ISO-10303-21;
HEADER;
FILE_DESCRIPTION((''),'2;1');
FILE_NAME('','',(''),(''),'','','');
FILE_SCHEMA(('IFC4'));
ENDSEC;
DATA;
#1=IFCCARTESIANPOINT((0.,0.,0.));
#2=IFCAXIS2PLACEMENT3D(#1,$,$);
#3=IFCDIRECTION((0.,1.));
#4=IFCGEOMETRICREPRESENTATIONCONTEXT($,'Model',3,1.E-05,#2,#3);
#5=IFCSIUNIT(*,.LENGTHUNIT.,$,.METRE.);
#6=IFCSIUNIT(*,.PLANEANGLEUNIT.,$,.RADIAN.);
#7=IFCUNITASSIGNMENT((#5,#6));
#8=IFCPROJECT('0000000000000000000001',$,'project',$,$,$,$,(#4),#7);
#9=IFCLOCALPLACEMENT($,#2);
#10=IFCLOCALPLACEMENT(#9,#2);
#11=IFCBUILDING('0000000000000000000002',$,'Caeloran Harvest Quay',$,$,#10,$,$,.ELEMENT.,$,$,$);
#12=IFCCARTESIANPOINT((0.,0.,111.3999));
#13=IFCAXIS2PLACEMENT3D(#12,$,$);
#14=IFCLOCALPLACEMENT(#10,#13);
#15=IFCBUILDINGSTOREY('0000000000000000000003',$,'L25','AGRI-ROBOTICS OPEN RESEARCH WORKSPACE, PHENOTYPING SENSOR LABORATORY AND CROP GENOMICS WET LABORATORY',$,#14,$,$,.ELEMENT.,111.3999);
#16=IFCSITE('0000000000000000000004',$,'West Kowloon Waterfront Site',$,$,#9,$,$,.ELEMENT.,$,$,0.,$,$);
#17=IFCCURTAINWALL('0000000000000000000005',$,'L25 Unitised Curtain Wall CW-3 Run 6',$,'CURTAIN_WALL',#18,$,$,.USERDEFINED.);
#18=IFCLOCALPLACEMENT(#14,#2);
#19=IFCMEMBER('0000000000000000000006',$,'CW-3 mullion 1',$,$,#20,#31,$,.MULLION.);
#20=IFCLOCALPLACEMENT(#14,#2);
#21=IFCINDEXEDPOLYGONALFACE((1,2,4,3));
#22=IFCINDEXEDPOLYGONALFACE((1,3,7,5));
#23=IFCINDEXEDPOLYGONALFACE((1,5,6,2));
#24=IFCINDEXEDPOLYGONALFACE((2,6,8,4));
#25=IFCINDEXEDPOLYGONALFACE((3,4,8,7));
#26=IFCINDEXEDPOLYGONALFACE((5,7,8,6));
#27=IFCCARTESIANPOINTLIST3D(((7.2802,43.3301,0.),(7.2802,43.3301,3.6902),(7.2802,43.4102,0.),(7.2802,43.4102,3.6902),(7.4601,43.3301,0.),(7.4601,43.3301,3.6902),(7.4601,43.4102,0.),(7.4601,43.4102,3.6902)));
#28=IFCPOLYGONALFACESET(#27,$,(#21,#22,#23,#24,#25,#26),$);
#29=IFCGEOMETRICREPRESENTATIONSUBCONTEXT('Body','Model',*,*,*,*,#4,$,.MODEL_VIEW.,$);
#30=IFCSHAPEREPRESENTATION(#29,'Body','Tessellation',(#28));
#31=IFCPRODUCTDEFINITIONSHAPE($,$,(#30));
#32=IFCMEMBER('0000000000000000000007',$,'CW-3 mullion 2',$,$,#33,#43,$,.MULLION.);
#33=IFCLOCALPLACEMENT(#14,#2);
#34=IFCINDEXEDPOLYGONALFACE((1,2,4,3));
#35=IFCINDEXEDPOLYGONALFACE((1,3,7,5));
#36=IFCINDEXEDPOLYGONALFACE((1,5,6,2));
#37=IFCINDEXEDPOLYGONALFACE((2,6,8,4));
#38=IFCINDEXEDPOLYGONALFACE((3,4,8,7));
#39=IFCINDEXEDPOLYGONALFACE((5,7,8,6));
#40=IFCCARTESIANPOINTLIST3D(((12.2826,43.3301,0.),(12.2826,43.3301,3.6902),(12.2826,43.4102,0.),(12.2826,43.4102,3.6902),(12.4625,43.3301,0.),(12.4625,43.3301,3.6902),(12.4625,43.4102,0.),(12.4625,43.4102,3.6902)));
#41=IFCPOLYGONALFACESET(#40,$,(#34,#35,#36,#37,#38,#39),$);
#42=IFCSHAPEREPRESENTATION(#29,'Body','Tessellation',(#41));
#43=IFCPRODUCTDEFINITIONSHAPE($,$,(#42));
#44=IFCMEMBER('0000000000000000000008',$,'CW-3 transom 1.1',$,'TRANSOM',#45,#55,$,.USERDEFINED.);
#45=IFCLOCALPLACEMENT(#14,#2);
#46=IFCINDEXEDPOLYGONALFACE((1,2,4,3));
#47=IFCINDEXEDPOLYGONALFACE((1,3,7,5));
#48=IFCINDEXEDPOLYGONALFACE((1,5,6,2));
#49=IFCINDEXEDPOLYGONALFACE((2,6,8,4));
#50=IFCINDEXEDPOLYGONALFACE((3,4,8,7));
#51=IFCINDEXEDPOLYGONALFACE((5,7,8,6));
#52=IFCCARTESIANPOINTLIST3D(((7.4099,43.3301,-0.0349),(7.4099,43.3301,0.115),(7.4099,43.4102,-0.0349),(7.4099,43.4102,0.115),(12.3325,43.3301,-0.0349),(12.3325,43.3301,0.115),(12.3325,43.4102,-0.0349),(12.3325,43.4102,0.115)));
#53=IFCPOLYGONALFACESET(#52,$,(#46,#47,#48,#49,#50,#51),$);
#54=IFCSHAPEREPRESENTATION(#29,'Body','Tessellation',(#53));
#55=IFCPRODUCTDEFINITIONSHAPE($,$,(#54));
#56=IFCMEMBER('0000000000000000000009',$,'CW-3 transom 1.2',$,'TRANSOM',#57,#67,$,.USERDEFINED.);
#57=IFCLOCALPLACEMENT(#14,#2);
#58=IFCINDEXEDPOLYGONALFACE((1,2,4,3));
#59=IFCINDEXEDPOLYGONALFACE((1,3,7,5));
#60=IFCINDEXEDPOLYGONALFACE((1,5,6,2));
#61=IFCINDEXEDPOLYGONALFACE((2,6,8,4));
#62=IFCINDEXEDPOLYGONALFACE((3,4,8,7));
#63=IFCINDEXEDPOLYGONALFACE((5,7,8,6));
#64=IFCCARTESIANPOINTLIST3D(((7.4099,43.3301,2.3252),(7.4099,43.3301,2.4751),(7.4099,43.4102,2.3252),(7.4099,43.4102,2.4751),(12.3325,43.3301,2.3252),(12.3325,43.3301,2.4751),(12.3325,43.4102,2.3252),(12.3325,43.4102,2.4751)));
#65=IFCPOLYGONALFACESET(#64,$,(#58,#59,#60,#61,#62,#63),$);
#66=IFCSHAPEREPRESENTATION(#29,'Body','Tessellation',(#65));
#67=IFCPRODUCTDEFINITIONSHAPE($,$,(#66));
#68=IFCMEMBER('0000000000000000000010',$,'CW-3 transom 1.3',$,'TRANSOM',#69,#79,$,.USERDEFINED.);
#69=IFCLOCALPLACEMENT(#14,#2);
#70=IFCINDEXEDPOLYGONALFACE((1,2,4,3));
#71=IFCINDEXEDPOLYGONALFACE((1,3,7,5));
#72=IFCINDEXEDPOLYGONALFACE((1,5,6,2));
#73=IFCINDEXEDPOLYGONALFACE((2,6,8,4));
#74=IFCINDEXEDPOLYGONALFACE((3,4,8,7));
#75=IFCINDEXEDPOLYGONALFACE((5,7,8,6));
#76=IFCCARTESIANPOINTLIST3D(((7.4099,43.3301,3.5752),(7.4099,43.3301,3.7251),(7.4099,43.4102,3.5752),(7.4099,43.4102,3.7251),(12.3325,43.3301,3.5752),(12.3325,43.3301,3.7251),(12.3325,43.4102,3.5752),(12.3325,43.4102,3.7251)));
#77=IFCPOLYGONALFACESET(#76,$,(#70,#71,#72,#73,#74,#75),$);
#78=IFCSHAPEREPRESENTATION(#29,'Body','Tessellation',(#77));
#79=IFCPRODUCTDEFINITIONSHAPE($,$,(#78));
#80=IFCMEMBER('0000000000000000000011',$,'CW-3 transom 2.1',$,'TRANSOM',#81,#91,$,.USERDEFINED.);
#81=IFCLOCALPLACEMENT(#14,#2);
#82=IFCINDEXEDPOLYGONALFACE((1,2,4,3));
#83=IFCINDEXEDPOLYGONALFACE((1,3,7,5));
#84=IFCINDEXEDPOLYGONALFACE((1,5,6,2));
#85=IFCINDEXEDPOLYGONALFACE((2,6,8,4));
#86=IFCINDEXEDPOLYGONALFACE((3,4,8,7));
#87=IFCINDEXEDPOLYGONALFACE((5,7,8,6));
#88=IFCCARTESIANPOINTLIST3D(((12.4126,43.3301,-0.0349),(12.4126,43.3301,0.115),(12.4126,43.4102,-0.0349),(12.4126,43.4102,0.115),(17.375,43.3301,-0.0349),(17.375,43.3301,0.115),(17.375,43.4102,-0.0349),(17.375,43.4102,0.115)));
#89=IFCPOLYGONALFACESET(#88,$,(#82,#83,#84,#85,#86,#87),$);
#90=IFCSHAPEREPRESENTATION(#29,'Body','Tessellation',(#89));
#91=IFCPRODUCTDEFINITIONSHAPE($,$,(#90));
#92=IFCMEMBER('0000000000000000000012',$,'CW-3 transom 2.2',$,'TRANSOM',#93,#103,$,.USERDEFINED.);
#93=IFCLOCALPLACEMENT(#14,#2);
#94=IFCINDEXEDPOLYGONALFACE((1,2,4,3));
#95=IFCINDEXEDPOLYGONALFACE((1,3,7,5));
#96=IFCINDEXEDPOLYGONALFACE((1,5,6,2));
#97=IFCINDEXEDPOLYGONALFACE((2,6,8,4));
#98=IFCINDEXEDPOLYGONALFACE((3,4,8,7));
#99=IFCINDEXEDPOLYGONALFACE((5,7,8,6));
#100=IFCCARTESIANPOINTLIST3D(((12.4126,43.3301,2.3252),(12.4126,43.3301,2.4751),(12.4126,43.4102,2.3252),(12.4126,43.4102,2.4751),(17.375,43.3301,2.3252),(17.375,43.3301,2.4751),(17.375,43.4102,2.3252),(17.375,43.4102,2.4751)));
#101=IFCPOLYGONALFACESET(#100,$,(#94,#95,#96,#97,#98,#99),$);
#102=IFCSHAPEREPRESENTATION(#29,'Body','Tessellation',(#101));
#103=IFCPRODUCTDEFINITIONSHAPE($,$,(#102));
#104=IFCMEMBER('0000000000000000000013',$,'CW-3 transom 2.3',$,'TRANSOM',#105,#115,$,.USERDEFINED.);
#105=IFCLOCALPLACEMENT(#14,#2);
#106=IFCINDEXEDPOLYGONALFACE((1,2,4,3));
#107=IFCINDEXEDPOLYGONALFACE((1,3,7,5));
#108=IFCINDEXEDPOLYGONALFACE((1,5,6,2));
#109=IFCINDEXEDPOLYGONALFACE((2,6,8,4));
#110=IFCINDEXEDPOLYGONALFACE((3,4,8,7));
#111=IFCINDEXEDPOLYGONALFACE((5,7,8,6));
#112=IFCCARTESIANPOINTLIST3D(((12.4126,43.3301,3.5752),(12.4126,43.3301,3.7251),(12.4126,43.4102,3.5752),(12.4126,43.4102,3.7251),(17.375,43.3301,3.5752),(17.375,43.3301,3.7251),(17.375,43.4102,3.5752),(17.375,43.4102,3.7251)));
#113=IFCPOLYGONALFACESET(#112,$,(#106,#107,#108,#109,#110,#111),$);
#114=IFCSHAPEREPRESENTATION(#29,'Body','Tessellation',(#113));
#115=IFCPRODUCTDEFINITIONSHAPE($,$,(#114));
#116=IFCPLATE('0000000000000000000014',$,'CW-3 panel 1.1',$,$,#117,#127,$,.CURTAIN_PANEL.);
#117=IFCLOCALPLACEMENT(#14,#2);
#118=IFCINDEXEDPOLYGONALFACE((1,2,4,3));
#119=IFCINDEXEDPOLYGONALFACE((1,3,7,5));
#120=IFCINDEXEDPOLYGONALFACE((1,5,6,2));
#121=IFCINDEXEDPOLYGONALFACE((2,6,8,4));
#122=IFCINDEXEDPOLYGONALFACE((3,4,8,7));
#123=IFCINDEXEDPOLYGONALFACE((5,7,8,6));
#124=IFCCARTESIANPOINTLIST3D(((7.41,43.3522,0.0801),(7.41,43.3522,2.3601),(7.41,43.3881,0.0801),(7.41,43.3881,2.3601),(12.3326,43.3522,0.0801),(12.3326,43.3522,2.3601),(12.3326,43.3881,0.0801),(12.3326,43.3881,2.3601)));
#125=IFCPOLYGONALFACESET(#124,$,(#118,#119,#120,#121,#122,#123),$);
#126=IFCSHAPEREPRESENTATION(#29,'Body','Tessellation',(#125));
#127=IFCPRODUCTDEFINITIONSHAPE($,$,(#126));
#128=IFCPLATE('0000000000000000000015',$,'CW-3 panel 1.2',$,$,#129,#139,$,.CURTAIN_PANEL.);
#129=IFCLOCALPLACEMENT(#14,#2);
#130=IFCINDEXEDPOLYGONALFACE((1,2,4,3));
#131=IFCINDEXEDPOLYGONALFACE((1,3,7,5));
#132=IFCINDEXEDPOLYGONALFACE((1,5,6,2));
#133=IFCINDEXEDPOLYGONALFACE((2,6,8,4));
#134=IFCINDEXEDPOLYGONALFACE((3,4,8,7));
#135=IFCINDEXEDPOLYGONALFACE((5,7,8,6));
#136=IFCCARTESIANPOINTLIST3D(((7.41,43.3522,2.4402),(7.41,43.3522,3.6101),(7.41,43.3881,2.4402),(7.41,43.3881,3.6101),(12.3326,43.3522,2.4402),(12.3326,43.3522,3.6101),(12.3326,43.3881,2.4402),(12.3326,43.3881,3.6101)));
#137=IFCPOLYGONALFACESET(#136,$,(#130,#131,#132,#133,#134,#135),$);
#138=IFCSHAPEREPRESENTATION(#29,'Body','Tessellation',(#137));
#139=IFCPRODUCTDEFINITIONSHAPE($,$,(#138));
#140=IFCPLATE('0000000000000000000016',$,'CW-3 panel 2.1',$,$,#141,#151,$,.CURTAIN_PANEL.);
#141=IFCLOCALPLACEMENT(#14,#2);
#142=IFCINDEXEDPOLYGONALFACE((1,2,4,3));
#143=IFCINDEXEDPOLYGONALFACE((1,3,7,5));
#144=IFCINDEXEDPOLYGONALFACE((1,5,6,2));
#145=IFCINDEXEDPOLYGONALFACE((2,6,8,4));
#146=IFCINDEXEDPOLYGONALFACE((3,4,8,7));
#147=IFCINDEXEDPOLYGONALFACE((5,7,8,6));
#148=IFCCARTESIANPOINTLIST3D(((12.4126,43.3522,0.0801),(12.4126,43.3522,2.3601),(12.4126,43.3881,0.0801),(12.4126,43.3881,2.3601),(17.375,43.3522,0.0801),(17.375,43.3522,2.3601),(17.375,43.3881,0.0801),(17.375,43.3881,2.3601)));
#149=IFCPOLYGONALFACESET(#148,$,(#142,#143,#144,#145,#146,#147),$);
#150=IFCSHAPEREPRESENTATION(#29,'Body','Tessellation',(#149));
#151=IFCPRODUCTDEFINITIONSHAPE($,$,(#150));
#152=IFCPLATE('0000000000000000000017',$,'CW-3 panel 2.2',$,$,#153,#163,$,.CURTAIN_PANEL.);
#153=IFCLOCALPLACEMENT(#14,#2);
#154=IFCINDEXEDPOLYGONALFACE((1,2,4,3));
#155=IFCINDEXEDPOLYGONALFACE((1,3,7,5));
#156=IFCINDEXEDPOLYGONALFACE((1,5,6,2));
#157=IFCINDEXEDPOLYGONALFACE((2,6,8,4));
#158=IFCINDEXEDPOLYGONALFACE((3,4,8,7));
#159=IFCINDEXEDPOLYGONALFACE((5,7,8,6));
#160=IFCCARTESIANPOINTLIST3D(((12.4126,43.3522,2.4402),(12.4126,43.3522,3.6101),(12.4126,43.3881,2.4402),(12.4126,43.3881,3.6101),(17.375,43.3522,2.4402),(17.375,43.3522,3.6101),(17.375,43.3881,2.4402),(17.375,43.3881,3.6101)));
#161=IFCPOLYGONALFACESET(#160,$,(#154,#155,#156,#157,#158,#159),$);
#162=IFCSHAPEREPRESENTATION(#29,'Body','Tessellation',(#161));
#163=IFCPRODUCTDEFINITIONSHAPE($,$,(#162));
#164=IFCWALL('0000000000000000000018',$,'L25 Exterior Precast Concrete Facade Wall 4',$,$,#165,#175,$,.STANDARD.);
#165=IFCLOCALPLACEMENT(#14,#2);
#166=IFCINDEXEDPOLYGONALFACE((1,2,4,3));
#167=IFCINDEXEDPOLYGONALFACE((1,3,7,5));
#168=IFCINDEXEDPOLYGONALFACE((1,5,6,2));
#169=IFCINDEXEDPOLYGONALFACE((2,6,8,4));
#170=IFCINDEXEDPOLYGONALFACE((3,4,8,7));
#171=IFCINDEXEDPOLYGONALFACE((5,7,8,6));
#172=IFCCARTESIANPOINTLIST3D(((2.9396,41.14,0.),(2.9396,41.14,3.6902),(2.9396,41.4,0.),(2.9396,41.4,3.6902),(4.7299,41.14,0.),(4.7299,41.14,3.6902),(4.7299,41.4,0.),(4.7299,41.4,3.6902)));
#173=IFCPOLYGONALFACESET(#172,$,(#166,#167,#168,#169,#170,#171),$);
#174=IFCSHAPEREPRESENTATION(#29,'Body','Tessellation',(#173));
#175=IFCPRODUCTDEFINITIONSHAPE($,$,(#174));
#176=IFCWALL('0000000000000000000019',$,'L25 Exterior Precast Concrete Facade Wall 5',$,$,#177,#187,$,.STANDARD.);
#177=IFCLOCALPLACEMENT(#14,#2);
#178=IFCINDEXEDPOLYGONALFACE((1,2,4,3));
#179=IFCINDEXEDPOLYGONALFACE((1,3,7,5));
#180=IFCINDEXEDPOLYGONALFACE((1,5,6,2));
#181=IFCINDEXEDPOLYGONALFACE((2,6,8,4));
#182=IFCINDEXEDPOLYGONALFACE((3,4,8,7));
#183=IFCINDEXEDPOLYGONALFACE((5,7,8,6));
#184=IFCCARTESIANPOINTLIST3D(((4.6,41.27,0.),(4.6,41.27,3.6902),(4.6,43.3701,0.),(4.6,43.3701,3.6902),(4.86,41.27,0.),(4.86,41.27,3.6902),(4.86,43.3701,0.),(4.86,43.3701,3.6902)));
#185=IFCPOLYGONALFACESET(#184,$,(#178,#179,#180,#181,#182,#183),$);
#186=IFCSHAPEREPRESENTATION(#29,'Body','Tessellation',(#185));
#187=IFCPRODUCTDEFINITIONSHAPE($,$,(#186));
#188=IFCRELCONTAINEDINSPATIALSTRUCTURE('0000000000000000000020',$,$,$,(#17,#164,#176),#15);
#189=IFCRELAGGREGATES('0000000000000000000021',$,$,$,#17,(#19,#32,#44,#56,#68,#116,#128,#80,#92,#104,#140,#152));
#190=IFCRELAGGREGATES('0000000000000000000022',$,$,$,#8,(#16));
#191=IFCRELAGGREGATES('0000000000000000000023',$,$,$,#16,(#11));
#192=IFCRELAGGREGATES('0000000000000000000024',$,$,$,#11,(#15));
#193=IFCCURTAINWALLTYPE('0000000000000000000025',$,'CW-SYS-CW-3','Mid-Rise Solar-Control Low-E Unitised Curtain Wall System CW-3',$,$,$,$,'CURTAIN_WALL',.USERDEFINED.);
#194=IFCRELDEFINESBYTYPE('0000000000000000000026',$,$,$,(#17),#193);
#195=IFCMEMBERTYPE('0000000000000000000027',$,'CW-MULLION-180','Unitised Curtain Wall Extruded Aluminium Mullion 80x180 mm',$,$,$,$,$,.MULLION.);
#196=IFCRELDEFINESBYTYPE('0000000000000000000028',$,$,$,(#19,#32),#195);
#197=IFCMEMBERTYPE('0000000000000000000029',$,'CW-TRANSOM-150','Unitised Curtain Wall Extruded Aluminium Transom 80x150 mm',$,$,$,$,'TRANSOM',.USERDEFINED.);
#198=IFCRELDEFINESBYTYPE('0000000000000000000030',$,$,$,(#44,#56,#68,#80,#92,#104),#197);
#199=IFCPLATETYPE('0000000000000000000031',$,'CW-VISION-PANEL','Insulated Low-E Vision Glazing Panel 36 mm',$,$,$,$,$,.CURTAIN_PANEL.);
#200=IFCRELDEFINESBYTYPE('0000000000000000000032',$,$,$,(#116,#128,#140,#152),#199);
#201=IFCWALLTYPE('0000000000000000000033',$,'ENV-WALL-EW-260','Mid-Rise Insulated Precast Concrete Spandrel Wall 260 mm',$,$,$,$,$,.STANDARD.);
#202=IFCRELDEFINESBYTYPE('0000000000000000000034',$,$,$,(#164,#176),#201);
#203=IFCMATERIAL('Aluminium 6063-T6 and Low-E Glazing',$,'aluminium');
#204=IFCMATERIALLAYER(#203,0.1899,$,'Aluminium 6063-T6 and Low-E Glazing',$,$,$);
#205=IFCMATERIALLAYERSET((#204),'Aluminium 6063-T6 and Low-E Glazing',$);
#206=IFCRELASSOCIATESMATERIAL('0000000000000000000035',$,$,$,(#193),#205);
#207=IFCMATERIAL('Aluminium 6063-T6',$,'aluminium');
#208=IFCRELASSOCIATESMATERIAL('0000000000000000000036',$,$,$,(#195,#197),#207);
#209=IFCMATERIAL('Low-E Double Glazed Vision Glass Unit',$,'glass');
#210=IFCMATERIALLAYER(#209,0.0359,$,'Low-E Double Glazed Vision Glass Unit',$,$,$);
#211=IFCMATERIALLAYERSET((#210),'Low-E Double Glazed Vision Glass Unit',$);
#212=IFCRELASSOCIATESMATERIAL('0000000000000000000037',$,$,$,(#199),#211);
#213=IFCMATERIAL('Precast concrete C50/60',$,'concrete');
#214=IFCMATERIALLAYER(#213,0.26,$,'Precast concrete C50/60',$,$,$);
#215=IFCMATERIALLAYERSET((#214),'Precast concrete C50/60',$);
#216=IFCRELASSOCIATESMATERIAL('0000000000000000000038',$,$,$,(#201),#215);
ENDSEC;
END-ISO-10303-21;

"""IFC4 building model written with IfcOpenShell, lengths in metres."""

from ifc_helpers import new_model, si_unit, direction, frame, frame_2d, origin, origin_2d, place, context, subcontext, project, spatial, rectangle, extrude, material, layer, layer_set, material_profile, profile_set, type_object, element, aggregate, save


model = new_model("IFC4")

# Units and contexts
model_context = context("Model", 3, precision=1e-05, world=origin(), true_north=direction((0.0, 1.0)))
body_context = subcontext(model_context, "Body", "Model", "MODEL_VIEW")
ifc_project = project(units=[si_unit("LENGTHUNIT", "METRE"), si_unit("PLANEANGLEUNIT", "RADIAN")], contexts=[model_context])

# Site, building, storey
site_placement = place(None, origin())
site = spatial("IfcSite", under=ifc_project, at=site_placement, Name="West Kowloon Waterfront Site", CompositionType="ELEMENT", RefElevation=0.0)
building_placement = place(site_placement, origin())
building = spatial("IfcBuilding", under=site, at=building_placement, Name="Caeloran Harvest Quay", CompositionType="ELEMENT")
storey_placement = place(building_placement, frame((0.0, 0.0, 111.3999)))
storey = spatial("IfcBuildingStorey", under=building, at=storey_placement, Name="L25", Description="AGRI-ROBOTICS OPEN RESEARCH WORKSPACE, PHENOTYPING SENSOR LABORATORY AND CROP GENOMICS WET LABORATORY", CompositionType="ELEMENT", Elevation=111.3999)

# Curtain wall, members, plates
ifc_material_1 = material(Name="Aluminium 6063-T6 and Low-E Glazing", Category="aluminium")
ifc_layer_1 = layer(ifc_material_1, 0.1899, Name="Aluminium 6063-T6 and Low-E Glazing")
ifc_layer_set_1 = layer_set([ifc_layer_1], Name="Aluminium 6063-T6 and Low-E Glazing")
curtain_wall_type = type_object("IfcCurtainWallType", Name="CW-SYS-CW-3", Description="Mid-Rise Solar-Control Low-E Unitised Curtain Wall System CW-3", ElementType="CURTAIN_WALL", PredefinedType="USERDEFINED", material=ifc_layer_set_1)
curtain_wall_placement = place(storey_placement, origin())
curtain_wall = element("IfcCurtainWall", 1, at=curtain_wall_placement, inside=storey, type_object=curtain_wall_type, Name="L25 Unitised Curtain Wall CW-3 Run 6", ObjectType="CURTAIN_WALL", PredefinedType="USERDEFINED")
ifc_material_2 = material(Name="Aluminium 6063-T6", Category="aluminium")
ifc_material_profile_1 = material_profile(ifc_material_2, rectangle(XDim=0.0801, YDim=0.1799, at=origin_2d()), Name="CW-MULLION-180")
ifc_profile_set_1 = profile_set([ifc_material_profile_1], Name="Aluminium 6063-T6")
member_type_1 = type_object("IfcMemberType", Name="CW-MULLION-180", Description="Unitised Curtain Wall Extruded Aluminium Mullion 80x180 mm", PredefinedType="MULLION", material=ifc_profile_set_1)
member_1_placement = place(storey_placement, frame((7.3701, 43.3701, 0.0), z_axis=(0.0, 0.0, 1.0), x_axis=(0.0, 1.0, 0.0)))
member_1 = element("IfcMember", 2, at=member_1_placement, type_object=member_type_1, Name="CW-3 mullion 1", PredefinedType="MULLION", context=body_context, shape_type="SweptSolid", body=[
    extrude(rectangle(XDim=0.0801, YDim=0.1799, at=origin_2d()), origin(), (0.0, 0.0, 1.0), 3.6902),
])
member_2_placement = place(storey_placement, frame((12.3726, 43.3701, 0.0), z_axis=(0.0, 0.0, 1.0), x_axis=(0.0, 1.0, 0.0)))
member_2 = element("IfcMember", 3, at=member_2_placement, type_object=member_type_1, Name="CW-3 mullion 2", PredefinedType="MULLION", context=body_context, shape_type="SweptSolid", body=[
    extrude(rectangle(XDim=0.0801, YDim=0.1799, at=origin_2d()), origin(), (0.0, 0.0, 1.0), 3.6902),
])
ifc_material_profile_2 = material_profile(ifc_material_2, rectangle(XDim=0.0801, YDim=0.1499, at=origin_2d()), Name="CW-TRANSOM-150")
ifc_profile_set_2 = profile_set([ifc_material_profile_2], Name="Aluminium 6063-T6")
member_type_2 = type_object("IfcMemberType", Name="CW-TRANSOM-150", Description="Unitised Curtain Wall Extruded Aluminium Transom 80x150 mm", ElementType="TRANSOM", PredefinedType="USERDEFINED", material=ifc_profile_set_2)
member_3_placement = place(storey_placement, frame((7.4099, 43.3701, 0.04), z_axis=(1.0, 0.0, 0.0), x_axis=(0.0, 1.0, 0.0)))
member_3 = element("IfcMember", 4, at=member_3_placement, type_object=member_type_2, Name="CW-3 transom 1.1", ObjectType="TRANSOM", PredefinedType="USERDEFINED", context=body_context, shape_type="SweptSolid", body=[
    extrude(rectangle(XDim=0.0801, YDim=0.1499, at=origin_2d()), origin(), (0.0, 0.0, 1.0), 4.9226),
])
member_4_placement = place(storey_placement, frame((7.4099, 43.3701, 2.4001), z_axis=(1.0, 0.0, 0.0), x_axis=(0.0, 1.0, 0.0)))
member_4 = element("IfcMember", 5, at=member_4_placement, type_object=member_type_2, Name="CW-3 transom 1.2", ObjectType="TRANSOM", PredefinedType="USERDEFINED", context=body_context, shape_type="SweptSolid", body=[
    extrude(rectangle(XDim=0.0801, YDim=0.1499, at=origin_2d()), origin(), (0.0, 0.0, 1.0), 4.9226),
])
member_5_placement = place(storey_placement, frame((7.4099, 43.3701, 3.6501), z_axis=(1.0, 0.0, 0.0), x_axis=(0.0, 1.0, 0.0)))
member_5 = element("IfcMember", 6, at=member_5_placement, type_object=member_type_2, Name="CW-3 transom 1.3", ObjectType="TRANSOM", PredefinedType="USERDEFINED", context=body_context, shape_type="SweptSolid", body=[
    extrude(rectangle(XDim=0.0801, YDim=0.1499, at=origin_2d()), origin(), (0.0, 0.0, 1.0), 4.9226),
])
member_6_placement = place(storey_placement, frame((12.4126, 43.3701, 0.04), z_axis=(1.0, 0.0, 0.0), x_axis=(0.0, 1.0, 0.0)))
member_6 = element("IfcMember", 7, at=member_6_placement, type_object=member_type_2, Name="CW-3 transom 2.1", ObjectType="TRANSOM", PredefinedType="USERDEFINED", context=body_context, shape_type="SweptSolid", body=[
    extrude(rectangle(XDim=0.0801, YDim=0.1499, at=origin_2d()), origin(), (0.0, 0.0, 1.0), 4.9624),
])
member_7_placement = place(storey_placement, frame((12.4126, 43.3701, 2.4001), z_axis=(1.0, 0.0, 0.0), x_axis=(0.0, 1.0, 0.0)))
member_7 = element("IfcMember", 8, at=member_7_placement, type_object=member_type_2, Name="CW-3 transom 2.2", ObjectType="TRANSOM", PredefinedType="USERDEFINED", context=body_context, shape_type="SweptSolid", body=[
    extrude(rectangle(XDim=0.0801, YDim=0.1499, at=origin_2d()), origin(), (0.0, 0.0, 1.0), 4.9624),
])
member_8_placement = place(storey_placement, frame((12.4126, 43.3701, 3.6501), z_axis=(1.0, 0.0, 0.0), x_axis=(0.0, 1.0, 0.0)))
member_8 = element("IfcMember", 9, at=member_8_placement, type_object=member_type_2, Name="CW-3 transom 2.3", ObjectType="TRANSOM", PredefinedType="USERDEFINED", context=body_context, shape_type="SweptSolid", body=[
    extrude(rectangle(XDim=0.0801, YDim=0.1499, at=origin_2d()), origin(), (0.0, 0.0, 1.0), 4.9624),
])
ifc_material_3 = material(Name="Low-E Double Glazed Vision Glass Unit", Category="glass")
ifc_layer_2 = layer(ifc_material_3, 0.0359, Name="Low-E Double Glazed Vision Glass Unit")
ifc_layer_set_2 = layer_set([ifc_layer_2], Name="Low-E Double Glazed Vision Glass Unit")
plate_type = type_object("IfcPlateType", Name="CW-VISION-PANEL", Description="Insulated Low-E Vision Glazing Panel 36 mm", PredefinedType="CURTAIN_PANEL", material=ifc_layer_set_2)
plate_1_placement = place(storey_placement, frame((9.8713, 43.3701, 0.0801), z_axis=(0.0, 0.0, 1.0), x_axis=(1.0, 0.0, 0.0)))
plate_1 = element("IfcPlate", 10, at=plate_1_placement, type_object=plate_type, Name="CW-3 panel 1.1", PredefinedType="CURTAIN_PANEL", context=body_context, shape_type="SweptSolid", body=[
    extrude(rectangle(XDim=4.9226, YDim=0.0359, at=origin_2d()), origin(), (0.0, 0.0, 1.0), 2.28),
])
plate_2_placement = place(storey_placement, frame((9.8713, 43.3701, 2.4402), z_axis=(0.0, 0.0, 1.0), x_axis=(1.0, 0.0, 0.0)))
plate_2 = element("IfcPlate", 11, at=plate_2_placement, type_object=plate_type, Name="CW-3 panel 1.2", PredefinedType="CURTAIN_PANEL", context=body_context, shape_type="SweptSolid", body=[
    extrude(rectangle(XDim=4.9226, YDim=0.0359, at=origin_2d()), origin(), (0.0, 0.0, 1.0), 1.1699),
])
plate_3_placement = place(storey_placement, frame((14.8938, 43.3701, 0.0801), z_axis=(0.0, 0.0, 1.0), x_axis=(1.0, 0.0, 0.0)))
plate_3 = element("IfcPlate", 12, at=plate_3_placement, type_object=plate_type, Name="CW-3 panel 2.1", PredefinedType="CURTAIN_PANEL", context=body_context, shape_type="SweptSolid", body=[
    extrude(rectangle(XDim=4.9624, YDim=0.0359, at=origin_2d()), origin(), (0.0, 0.0, 1.0), 2.28),
])
plate_4_placement = place(storey_placement, frame((14.8938, 43.3701, 2.4402), z_axis=(0.0, 0.0, 1.0), x_axis=(1.0, 0.0, 0.0)))
plate_4 = element("IfcPlate", 13, at=plate_4_placement, type_object=plate_type, Name="CW-3 panel 2.2", PredefinedType="CURTAIN_PANEL", context=body_context, shape_type="SweptSolid", body=[
    extrude(rectangle(XDim=4.9624, YDim=0.0359, at=origin_2d()), origin(), (0.0, 0.0, 1.0), 1.1699),
])
aggregate(curtain_wall, [member_1, member_2, member_3, member_4, member_5, plate_1, plate_2, member_6, member_7, member_8, plate_3, plate_4])

# Walls
ifc_material_4 = material(Name="Precast concrete C50/60", Category="concrete")
ifc_layer_3 = layer(ifc_material_4, 0.26, Name="Precast concrete C50/60")
ifc_layer_set_3 = layer_set([ifc_layer_3], Name="Precast concrete C50/60")
wall_type_1 = type_object("IfcWallType", Name="ENV-WALL-EW-260", Description="Mid-Rise Insulated Precast Concrete Spandrel Wall 260 mm", PredefinedType="STANDARD", material=ifc_layer_set_3)
wall_1_placement = place(storey_placement, frame((2.9397, 41.27, 0.0), z_axis=(0.0, 0.0, 1.0), x_axis=(1.0, 0.0, 0.0)))
element("IfcWall", 14, at=wall_1_placement, inside=storey, type_object=wall_type_1, Name="L25 Exterior Precast Concrete Facade Wall 4", PredefinedType="STANDARD", context=body_context, shape_type="SweptSolid", body=[
    extrude(rectangle(XDim=1.7903, YDim=0.26, at=frame_2d((0.895, 0.0))), origin(), (0.0, 0.0, 1.0), 3.6902),
])
wall_2_placement = place(storey_placement, frame((4.73, 41.27, 0.0), z_axis=(0.0, 0.0, 1.0), x_axis=(0.0, 1.0, 0.0)))
element("IfcWall", 15, at=wall_2_placement, inside=storey, type_object=wall_type_1, Name="L25 Exterior Precast Concrete Facade Wall 5", PredefinedType="STANDARD", context=body_context, shape_type="SweptSolid", body=[
    extrude(rectangle(XDim=2.1001, YDim=0.26, at=frame_2d((1.05, 0.0))), origin(), (0.0, 0.0, 1.0), 3.6902),
])

save(model, "model.ifc")
